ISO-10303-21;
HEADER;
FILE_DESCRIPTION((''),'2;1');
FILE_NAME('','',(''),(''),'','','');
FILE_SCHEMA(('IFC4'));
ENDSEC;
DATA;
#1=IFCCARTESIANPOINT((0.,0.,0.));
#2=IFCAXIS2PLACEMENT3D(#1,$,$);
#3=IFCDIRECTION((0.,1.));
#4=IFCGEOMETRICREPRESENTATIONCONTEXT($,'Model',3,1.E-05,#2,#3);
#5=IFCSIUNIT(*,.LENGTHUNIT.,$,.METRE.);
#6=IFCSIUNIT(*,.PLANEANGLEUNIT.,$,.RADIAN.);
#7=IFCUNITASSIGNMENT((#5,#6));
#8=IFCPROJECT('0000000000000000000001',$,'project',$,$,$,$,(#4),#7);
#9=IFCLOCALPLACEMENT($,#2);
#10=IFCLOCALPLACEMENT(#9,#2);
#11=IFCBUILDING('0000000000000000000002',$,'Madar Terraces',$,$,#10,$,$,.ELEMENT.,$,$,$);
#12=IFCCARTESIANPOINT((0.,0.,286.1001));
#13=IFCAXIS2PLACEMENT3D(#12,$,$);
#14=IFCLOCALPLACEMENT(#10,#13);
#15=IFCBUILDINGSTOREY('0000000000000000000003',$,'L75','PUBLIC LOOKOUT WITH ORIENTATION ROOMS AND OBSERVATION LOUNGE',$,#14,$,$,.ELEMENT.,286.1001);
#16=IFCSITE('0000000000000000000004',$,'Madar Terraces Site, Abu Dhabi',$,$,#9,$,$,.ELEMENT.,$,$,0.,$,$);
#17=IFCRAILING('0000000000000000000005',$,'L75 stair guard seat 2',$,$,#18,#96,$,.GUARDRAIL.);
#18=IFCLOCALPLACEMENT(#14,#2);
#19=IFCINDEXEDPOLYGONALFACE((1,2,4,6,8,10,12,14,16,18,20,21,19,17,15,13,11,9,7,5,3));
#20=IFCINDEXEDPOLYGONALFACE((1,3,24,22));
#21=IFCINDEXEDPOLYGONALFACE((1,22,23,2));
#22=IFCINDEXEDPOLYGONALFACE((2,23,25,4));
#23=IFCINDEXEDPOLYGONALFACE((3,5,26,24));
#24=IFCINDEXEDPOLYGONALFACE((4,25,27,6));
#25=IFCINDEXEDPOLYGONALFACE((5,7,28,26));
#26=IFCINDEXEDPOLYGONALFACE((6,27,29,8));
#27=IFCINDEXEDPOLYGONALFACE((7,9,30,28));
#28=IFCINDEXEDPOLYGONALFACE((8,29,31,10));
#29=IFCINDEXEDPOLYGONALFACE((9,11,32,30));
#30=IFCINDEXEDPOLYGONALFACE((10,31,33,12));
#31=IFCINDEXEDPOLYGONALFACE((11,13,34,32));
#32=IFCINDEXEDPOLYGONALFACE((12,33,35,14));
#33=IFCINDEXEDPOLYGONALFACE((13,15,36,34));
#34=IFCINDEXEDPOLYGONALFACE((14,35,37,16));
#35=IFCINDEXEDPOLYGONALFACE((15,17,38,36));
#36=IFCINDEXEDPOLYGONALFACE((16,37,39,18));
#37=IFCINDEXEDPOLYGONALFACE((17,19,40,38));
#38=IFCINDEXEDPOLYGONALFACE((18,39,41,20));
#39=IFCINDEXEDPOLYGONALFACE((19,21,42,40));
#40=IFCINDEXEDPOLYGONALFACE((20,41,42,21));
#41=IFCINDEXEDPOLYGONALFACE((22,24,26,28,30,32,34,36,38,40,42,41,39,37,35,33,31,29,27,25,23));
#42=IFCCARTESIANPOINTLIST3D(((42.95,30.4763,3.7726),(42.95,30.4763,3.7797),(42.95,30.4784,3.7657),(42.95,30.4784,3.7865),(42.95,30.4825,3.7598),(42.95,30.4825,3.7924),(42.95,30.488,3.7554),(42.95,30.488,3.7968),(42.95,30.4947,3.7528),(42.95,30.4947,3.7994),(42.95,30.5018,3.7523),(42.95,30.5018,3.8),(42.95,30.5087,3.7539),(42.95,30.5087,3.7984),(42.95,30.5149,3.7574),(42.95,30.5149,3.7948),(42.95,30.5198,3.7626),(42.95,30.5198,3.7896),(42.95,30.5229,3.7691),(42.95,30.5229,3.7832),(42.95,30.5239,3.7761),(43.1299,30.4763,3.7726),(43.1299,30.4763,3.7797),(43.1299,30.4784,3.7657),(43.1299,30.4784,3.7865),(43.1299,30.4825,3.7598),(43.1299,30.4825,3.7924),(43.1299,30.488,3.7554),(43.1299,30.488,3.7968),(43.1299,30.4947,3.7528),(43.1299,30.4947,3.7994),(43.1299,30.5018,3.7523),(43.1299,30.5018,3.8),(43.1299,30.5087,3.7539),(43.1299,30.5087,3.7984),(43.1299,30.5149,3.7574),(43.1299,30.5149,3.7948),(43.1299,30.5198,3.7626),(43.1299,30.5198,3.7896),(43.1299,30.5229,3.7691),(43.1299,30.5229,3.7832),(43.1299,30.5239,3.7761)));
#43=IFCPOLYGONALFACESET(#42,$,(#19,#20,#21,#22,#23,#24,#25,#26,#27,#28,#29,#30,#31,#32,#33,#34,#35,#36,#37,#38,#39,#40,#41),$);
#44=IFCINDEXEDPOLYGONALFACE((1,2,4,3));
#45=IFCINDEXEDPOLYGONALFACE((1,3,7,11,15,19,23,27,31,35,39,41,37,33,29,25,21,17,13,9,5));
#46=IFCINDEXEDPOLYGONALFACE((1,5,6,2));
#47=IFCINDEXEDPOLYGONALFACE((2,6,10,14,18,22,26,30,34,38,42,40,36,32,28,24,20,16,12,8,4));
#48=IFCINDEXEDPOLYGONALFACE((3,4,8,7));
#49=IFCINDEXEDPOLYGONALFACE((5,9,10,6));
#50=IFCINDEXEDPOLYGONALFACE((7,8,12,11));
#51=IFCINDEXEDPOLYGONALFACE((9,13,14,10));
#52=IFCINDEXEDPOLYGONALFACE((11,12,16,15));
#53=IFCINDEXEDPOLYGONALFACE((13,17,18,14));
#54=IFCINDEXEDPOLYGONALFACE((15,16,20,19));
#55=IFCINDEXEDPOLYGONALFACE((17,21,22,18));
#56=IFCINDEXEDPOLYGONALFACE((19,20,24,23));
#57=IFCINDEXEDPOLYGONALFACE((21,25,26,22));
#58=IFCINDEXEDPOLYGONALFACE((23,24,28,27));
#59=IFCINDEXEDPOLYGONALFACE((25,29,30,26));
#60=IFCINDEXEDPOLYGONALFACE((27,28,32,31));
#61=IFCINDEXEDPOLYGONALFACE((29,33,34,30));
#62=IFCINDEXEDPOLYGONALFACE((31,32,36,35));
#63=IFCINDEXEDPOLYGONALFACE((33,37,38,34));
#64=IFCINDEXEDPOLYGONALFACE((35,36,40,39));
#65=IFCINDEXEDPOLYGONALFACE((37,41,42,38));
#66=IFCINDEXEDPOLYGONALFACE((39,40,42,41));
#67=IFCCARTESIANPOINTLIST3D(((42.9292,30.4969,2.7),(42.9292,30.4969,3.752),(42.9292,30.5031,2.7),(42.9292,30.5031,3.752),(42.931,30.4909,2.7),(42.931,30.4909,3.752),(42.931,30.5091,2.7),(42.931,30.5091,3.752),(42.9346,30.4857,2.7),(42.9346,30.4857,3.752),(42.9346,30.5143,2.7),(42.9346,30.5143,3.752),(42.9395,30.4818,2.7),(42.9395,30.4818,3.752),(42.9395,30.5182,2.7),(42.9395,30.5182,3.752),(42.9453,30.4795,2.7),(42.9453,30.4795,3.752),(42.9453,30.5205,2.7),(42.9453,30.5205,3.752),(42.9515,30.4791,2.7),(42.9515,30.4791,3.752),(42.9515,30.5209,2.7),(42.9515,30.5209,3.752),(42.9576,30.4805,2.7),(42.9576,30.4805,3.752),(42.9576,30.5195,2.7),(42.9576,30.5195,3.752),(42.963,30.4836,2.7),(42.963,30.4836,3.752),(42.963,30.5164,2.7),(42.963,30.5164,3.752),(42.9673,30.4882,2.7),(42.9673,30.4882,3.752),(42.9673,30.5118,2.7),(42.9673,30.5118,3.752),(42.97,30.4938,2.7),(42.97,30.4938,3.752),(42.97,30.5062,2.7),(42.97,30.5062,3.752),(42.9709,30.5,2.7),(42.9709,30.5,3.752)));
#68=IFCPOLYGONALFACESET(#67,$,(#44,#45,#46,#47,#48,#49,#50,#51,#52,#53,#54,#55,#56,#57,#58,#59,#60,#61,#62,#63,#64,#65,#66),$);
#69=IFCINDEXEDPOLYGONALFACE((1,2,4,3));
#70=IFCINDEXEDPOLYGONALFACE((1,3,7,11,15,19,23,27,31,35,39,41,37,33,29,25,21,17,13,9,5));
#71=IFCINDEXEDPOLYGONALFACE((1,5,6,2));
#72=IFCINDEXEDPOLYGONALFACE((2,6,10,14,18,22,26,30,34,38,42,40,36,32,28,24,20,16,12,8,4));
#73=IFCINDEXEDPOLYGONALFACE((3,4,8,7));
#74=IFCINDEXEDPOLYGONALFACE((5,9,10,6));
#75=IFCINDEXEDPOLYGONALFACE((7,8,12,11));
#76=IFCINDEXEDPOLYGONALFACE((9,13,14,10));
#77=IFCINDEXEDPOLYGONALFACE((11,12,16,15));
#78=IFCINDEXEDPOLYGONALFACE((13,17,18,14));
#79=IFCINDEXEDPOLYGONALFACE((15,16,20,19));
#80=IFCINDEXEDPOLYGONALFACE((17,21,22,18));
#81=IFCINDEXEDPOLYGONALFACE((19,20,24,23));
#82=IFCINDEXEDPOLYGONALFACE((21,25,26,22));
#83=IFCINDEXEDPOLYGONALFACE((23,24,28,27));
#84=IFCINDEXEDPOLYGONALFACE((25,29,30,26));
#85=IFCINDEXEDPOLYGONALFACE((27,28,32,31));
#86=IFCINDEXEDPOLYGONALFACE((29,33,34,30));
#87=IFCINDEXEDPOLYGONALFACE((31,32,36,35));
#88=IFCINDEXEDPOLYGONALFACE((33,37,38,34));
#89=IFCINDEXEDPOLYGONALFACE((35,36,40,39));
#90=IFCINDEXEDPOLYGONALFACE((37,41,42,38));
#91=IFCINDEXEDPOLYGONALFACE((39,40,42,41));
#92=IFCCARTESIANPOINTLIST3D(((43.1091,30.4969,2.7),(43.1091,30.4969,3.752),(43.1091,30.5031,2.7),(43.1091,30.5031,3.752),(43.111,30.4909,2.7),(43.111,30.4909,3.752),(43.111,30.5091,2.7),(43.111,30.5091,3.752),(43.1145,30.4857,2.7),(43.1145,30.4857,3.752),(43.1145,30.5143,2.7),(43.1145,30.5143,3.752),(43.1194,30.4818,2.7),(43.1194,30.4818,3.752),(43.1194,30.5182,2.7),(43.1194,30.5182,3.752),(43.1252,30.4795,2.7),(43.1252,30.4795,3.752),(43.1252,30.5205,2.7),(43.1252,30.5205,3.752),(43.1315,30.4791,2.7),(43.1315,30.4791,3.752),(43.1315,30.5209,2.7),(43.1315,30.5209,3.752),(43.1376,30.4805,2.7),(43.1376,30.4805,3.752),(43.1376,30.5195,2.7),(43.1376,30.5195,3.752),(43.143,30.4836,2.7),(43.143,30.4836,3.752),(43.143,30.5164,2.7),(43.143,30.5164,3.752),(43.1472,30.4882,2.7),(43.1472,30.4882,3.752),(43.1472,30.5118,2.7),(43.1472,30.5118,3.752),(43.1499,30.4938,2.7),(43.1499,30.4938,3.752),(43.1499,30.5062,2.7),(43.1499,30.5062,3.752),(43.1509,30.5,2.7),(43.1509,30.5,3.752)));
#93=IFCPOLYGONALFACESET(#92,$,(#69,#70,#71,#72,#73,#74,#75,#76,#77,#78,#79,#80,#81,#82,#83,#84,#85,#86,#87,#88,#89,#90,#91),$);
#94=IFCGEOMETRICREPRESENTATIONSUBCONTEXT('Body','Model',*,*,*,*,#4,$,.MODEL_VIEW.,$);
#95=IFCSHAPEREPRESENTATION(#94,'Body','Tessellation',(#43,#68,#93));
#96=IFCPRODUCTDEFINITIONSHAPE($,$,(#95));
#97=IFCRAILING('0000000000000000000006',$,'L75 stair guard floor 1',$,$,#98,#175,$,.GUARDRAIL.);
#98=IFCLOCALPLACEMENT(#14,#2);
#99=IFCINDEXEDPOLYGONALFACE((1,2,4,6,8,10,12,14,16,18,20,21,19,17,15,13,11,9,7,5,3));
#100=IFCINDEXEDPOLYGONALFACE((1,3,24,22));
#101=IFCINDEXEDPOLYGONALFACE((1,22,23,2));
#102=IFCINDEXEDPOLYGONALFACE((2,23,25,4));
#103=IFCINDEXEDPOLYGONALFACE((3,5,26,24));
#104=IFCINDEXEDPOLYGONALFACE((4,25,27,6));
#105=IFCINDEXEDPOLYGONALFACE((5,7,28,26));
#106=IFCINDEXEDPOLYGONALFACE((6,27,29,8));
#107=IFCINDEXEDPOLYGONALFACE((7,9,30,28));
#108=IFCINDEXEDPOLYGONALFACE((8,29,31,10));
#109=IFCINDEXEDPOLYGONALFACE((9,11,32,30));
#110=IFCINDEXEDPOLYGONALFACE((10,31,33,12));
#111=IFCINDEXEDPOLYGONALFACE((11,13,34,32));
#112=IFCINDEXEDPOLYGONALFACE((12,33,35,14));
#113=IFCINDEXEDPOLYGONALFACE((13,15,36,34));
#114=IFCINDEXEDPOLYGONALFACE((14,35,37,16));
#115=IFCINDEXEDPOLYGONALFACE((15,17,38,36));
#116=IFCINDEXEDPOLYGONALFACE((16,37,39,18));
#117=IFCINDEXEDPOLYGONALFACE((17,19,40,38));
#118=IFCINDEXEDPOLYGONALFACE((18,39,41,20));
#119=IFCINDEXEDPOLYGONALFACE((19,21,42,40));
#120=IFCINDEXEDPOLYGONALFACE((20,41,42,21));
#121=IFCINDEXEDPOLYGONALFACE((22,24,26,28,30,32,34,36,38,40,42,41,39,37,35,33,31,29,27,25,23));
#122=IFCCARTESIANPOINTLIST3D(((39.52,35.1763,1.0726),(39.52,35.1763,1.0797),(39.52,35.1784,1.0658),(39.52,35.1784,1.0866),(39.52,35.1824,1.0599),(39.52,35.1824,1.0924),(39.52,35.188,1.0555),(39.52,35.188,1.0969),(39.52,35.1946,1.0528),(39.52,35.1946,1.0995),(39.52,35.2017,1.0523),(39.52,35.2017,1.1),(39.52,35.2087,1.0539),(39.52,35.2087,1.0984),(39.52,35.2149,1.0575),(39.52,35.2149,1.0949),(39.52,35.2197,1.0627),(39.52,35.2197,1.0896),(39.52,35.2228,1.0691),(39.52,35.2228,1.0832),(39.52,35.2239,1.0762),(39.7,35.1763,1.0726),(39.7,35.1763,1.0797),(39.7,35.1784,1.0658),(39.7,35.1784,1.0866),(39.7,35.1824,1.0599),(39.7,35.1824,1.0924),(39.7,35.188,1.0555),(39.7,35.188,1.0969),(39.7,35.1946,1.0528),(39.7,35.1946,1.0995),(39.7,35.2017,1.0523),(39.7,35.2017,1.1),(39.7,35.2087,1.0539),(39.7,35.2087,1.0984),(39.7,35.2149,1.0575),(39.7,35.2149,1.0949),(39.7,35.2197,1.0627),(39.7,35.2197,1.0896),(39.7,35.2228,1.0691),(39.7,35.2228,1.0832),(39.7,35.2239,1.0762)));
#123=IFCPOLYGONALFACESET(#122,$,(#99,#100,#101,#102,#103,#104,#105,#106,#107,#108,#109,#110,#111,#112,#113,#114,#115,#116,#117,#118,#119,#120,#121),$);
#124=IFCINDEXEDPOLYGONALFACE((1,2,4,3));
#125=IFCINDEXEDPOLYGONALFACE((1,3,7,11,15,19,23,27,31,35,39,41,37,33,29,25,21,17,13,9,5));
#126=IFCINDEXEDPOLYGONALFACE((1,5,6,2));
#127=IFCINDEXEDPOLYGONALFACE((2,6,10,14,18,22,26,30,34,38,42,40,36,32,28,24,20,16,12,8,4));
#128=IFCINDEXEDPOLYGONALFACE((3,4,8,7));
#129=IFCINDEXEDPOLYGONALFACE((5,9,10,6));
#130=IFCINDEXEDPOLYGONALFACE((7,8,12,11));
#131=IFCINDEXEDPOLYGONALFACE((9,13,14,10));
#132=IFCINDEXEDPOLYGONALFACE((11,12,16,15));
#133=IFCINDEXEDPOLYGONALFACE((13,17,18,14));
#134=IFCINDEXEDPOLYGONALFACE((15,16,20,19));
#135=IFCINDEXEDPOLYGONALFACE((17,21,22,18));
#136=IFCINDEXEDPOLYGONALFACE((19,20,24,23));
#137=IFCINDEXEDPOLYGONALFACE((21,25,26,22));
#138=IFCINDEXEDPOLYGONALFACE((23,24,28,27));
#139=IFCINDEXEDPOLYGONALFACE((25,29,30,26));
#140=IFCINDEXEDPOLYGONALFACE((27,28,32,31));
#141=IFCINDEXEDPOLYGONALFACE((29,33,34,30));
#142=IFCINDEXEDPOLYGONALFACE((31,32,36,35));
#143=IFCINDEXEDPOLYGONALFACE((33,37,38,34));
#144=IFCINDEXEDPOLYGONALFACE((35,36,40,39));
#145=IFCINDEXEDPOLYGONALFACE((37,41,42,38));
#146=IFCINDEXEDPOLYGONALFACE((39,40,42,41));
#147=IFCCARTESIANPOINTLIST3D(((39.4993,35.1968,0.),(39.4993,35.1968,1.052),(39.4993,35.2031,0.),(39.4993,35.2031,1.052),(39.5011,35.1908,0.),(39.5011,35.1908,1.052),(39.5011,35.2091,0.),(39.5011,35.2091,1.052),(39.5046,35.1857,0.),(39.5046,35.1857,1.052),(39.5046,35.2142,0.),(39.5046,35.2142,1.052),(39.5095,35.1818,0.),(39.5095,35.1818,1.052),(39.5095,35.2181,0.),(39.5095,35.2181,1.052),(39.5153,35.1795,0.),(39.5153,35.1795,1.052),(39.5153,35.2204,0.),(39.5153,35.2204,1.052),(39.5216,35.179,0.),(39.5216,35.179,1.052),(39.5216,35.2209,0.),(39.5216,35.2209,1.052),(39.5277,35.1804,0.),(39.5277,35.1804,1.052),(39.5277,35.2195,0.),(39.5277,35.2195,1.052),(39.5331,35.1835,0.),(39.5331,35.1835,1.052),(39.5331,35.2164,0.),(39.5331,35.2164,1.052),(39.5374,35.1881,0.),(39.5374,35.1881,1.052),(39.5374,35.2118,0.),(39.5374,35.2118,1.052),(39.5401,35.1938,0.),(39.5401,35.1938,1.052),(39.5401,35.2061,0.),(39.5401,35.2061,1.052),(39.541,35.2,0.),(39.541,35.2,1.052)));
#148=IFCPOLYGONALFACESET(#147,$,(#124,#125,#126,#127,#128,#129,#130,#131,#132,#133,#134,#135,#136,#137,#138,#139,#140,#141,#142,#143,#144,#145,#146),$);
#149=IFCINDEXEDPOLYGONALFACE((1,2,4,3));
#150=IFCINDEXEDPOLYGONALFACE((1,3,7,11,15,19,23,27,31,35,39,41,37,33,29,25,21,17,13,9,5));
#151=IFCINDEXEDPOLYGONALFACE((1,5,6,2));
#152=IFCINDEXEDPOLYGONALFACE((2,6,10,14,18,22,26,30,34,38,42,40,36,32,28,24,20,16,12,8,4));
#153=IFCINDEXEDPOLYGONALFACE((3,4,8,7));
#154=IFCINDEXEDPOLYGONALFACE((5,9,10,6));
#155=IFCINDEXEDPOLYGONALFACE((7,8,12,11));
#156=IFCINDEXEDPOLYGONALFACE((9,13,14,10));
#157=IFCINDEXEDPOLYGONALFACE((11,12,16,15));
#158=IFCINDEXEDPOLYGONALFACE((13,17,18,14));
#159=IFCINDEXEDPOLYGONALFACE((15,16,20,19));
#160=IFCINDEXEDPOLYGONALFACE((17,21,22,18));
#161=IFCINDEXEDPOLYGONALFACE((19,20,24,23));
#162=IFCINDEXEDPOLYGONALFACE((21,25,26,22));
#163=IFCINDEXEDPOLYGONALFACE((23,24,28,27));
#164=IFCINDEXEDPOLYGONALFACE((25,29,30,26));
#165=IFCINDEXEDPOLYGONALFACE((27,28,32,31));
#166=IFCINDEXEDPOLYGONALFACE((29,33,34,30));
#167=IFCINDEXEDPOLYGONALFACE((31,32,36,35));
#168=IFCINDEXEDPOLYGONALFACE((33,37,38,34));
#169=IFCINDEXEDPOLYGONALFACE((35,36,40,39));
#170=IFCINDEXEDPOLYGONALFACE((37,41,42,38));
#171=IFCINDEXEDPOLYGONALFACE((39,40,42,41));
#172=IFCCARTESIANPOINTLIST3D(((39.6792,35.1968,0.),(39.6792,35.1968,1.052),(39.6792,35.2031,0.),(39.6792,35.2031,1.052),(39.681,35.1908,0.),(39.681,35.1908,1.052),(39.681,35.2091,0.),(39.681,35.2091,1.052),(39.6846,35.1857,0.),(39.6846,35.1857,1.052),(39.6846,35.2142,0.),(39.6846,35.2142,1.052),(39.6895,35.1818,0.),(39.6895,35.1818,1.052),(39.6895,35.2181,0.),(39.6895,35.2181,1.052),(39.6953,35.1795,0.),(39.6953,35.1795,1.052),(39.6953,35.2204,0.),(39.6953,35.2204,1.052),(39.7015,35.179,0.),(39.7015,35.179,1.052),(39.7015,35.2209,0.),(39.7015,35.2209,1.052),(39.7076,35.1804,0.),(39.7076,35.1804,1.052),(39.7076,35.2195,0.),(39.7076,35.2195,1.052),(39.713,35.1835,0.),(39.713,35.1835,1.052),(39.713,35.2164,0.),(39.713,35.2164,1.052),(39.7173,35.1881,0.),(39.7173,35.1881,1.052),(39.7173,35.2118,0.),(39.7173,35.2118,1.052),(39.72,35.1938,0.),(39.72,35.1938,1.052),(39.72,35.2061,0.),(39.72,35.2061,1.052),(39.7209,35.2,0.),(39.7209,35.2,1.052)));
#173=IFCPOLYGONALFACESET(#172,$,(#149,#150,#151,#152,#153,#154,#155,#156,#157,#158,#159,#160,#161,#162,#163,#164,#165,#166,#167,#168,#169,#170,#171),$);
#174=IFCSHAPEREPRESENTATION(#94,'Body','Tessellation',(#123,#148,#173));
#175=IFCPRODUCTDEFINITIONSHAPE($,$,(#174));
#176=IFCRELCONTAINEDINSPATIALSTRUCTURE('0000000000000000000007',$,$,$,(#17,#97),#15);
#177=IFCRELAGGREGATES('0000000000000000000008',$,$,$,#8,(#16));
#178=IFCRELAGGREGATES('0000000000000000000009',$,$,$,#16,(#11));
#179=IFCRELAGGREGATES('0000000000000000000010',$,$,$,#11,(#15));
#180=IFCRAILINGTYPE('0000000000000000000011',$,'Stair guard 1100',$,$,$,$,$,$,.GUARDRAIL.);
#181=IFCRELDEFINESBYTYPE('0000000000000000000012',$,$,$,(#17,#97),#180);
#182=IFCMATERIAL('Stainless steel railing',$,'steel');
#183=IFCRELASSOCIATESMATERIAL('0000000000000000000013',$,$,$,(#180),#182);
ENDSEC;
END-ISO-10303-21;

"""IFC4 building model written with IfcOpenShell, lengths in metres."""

from ifc_helpers import new_model, si_unit, direction, frame, origin, origin_2d, place, context, subcontext, project, spatial, circle, extrude, material, type_object, element, save


model = new_model("IFC4")

# Units and contexts
model_context = context("Model", 3, precision=1e-05, world=origin(), true_north=direction((0.0, 1.0)))
body_context = subcontext(model_context, "Body", "Model", "MODEL_VIEW")
ifc_project = project(units=[si_unit("LENGTHUNIT", "METRE"), si_unit("PLANEANGLEUNIT", "RADIAN")], contexts=[model_context])

# Site, building, storey
site_placement = place(None, origin())
site = spatial("IfcSite", under=ifc_project, at=site_placement, Name="Madar Terraces Site, Abu Dhabi", CompositionType="ELEMENT", RefElevation=0.0)
building_placement = place(site_placement, origin())
building = spatial("IfcBuilding", under=site, at=building_placement, Name="Madar Terraces", CompositionType="ELEMENT")
storey_placement = place(building_placement, frame((0.0, 0.0, 286.1001)))
storey = spatial("IfcBuildingStorey", under=building, at=storey_placement, Name="L75", Description="PUBLIC LOOKOUT WITH ORIENTATION ROOMS AND OBSERVATION LOUNGE", CompositionType="ELEMENT", Elevation=286.1001)

# Railings
ifc_material_1 = material(Name="Stainless steel railing", Category="steel")
railing_type_1 = type_object("IfcRailingType", Name="Stair guard 1100", PredefinedType="GUARDRAIL", material=ifc_material_1)
for number, where, name in (
    (1, (42.95, 30.5, 2.7), "L75 stair guard seat 2"),
    (2, (39.52, 35.2, 0.0), "L75 stair guard floor 1"),
):
    element("IfcRailing", number, at=place(storey_placement, frame(where)), inside=storey, type_object=railing_type_1, Name=name, PredefinedType="GUARDRAIL", context=body_context, shape_type="SweptSolid", body=[
        extrude(circle(Radius=0.0239, at=origin_2d()), frame((0.0, 0.0, 1.0762), z_axis=(1.0, 0.0, 0.0), x_axis=(0.0, 1.0, 0.0)), (0.0, 0.0, 1.0), 0.1799),
        extrude(circle(Radius=0.021, at=origin_2d()), origin(), (0.0, 0.0, 1.0), 1.052),
        extrude(circle(Radius=0.021, at=origin_2d()), frame((0.1799, 0.0, 0.0)), (0.0, 0.0, 1.0), 1.052),
    ])

save(model, "model.ifc")
